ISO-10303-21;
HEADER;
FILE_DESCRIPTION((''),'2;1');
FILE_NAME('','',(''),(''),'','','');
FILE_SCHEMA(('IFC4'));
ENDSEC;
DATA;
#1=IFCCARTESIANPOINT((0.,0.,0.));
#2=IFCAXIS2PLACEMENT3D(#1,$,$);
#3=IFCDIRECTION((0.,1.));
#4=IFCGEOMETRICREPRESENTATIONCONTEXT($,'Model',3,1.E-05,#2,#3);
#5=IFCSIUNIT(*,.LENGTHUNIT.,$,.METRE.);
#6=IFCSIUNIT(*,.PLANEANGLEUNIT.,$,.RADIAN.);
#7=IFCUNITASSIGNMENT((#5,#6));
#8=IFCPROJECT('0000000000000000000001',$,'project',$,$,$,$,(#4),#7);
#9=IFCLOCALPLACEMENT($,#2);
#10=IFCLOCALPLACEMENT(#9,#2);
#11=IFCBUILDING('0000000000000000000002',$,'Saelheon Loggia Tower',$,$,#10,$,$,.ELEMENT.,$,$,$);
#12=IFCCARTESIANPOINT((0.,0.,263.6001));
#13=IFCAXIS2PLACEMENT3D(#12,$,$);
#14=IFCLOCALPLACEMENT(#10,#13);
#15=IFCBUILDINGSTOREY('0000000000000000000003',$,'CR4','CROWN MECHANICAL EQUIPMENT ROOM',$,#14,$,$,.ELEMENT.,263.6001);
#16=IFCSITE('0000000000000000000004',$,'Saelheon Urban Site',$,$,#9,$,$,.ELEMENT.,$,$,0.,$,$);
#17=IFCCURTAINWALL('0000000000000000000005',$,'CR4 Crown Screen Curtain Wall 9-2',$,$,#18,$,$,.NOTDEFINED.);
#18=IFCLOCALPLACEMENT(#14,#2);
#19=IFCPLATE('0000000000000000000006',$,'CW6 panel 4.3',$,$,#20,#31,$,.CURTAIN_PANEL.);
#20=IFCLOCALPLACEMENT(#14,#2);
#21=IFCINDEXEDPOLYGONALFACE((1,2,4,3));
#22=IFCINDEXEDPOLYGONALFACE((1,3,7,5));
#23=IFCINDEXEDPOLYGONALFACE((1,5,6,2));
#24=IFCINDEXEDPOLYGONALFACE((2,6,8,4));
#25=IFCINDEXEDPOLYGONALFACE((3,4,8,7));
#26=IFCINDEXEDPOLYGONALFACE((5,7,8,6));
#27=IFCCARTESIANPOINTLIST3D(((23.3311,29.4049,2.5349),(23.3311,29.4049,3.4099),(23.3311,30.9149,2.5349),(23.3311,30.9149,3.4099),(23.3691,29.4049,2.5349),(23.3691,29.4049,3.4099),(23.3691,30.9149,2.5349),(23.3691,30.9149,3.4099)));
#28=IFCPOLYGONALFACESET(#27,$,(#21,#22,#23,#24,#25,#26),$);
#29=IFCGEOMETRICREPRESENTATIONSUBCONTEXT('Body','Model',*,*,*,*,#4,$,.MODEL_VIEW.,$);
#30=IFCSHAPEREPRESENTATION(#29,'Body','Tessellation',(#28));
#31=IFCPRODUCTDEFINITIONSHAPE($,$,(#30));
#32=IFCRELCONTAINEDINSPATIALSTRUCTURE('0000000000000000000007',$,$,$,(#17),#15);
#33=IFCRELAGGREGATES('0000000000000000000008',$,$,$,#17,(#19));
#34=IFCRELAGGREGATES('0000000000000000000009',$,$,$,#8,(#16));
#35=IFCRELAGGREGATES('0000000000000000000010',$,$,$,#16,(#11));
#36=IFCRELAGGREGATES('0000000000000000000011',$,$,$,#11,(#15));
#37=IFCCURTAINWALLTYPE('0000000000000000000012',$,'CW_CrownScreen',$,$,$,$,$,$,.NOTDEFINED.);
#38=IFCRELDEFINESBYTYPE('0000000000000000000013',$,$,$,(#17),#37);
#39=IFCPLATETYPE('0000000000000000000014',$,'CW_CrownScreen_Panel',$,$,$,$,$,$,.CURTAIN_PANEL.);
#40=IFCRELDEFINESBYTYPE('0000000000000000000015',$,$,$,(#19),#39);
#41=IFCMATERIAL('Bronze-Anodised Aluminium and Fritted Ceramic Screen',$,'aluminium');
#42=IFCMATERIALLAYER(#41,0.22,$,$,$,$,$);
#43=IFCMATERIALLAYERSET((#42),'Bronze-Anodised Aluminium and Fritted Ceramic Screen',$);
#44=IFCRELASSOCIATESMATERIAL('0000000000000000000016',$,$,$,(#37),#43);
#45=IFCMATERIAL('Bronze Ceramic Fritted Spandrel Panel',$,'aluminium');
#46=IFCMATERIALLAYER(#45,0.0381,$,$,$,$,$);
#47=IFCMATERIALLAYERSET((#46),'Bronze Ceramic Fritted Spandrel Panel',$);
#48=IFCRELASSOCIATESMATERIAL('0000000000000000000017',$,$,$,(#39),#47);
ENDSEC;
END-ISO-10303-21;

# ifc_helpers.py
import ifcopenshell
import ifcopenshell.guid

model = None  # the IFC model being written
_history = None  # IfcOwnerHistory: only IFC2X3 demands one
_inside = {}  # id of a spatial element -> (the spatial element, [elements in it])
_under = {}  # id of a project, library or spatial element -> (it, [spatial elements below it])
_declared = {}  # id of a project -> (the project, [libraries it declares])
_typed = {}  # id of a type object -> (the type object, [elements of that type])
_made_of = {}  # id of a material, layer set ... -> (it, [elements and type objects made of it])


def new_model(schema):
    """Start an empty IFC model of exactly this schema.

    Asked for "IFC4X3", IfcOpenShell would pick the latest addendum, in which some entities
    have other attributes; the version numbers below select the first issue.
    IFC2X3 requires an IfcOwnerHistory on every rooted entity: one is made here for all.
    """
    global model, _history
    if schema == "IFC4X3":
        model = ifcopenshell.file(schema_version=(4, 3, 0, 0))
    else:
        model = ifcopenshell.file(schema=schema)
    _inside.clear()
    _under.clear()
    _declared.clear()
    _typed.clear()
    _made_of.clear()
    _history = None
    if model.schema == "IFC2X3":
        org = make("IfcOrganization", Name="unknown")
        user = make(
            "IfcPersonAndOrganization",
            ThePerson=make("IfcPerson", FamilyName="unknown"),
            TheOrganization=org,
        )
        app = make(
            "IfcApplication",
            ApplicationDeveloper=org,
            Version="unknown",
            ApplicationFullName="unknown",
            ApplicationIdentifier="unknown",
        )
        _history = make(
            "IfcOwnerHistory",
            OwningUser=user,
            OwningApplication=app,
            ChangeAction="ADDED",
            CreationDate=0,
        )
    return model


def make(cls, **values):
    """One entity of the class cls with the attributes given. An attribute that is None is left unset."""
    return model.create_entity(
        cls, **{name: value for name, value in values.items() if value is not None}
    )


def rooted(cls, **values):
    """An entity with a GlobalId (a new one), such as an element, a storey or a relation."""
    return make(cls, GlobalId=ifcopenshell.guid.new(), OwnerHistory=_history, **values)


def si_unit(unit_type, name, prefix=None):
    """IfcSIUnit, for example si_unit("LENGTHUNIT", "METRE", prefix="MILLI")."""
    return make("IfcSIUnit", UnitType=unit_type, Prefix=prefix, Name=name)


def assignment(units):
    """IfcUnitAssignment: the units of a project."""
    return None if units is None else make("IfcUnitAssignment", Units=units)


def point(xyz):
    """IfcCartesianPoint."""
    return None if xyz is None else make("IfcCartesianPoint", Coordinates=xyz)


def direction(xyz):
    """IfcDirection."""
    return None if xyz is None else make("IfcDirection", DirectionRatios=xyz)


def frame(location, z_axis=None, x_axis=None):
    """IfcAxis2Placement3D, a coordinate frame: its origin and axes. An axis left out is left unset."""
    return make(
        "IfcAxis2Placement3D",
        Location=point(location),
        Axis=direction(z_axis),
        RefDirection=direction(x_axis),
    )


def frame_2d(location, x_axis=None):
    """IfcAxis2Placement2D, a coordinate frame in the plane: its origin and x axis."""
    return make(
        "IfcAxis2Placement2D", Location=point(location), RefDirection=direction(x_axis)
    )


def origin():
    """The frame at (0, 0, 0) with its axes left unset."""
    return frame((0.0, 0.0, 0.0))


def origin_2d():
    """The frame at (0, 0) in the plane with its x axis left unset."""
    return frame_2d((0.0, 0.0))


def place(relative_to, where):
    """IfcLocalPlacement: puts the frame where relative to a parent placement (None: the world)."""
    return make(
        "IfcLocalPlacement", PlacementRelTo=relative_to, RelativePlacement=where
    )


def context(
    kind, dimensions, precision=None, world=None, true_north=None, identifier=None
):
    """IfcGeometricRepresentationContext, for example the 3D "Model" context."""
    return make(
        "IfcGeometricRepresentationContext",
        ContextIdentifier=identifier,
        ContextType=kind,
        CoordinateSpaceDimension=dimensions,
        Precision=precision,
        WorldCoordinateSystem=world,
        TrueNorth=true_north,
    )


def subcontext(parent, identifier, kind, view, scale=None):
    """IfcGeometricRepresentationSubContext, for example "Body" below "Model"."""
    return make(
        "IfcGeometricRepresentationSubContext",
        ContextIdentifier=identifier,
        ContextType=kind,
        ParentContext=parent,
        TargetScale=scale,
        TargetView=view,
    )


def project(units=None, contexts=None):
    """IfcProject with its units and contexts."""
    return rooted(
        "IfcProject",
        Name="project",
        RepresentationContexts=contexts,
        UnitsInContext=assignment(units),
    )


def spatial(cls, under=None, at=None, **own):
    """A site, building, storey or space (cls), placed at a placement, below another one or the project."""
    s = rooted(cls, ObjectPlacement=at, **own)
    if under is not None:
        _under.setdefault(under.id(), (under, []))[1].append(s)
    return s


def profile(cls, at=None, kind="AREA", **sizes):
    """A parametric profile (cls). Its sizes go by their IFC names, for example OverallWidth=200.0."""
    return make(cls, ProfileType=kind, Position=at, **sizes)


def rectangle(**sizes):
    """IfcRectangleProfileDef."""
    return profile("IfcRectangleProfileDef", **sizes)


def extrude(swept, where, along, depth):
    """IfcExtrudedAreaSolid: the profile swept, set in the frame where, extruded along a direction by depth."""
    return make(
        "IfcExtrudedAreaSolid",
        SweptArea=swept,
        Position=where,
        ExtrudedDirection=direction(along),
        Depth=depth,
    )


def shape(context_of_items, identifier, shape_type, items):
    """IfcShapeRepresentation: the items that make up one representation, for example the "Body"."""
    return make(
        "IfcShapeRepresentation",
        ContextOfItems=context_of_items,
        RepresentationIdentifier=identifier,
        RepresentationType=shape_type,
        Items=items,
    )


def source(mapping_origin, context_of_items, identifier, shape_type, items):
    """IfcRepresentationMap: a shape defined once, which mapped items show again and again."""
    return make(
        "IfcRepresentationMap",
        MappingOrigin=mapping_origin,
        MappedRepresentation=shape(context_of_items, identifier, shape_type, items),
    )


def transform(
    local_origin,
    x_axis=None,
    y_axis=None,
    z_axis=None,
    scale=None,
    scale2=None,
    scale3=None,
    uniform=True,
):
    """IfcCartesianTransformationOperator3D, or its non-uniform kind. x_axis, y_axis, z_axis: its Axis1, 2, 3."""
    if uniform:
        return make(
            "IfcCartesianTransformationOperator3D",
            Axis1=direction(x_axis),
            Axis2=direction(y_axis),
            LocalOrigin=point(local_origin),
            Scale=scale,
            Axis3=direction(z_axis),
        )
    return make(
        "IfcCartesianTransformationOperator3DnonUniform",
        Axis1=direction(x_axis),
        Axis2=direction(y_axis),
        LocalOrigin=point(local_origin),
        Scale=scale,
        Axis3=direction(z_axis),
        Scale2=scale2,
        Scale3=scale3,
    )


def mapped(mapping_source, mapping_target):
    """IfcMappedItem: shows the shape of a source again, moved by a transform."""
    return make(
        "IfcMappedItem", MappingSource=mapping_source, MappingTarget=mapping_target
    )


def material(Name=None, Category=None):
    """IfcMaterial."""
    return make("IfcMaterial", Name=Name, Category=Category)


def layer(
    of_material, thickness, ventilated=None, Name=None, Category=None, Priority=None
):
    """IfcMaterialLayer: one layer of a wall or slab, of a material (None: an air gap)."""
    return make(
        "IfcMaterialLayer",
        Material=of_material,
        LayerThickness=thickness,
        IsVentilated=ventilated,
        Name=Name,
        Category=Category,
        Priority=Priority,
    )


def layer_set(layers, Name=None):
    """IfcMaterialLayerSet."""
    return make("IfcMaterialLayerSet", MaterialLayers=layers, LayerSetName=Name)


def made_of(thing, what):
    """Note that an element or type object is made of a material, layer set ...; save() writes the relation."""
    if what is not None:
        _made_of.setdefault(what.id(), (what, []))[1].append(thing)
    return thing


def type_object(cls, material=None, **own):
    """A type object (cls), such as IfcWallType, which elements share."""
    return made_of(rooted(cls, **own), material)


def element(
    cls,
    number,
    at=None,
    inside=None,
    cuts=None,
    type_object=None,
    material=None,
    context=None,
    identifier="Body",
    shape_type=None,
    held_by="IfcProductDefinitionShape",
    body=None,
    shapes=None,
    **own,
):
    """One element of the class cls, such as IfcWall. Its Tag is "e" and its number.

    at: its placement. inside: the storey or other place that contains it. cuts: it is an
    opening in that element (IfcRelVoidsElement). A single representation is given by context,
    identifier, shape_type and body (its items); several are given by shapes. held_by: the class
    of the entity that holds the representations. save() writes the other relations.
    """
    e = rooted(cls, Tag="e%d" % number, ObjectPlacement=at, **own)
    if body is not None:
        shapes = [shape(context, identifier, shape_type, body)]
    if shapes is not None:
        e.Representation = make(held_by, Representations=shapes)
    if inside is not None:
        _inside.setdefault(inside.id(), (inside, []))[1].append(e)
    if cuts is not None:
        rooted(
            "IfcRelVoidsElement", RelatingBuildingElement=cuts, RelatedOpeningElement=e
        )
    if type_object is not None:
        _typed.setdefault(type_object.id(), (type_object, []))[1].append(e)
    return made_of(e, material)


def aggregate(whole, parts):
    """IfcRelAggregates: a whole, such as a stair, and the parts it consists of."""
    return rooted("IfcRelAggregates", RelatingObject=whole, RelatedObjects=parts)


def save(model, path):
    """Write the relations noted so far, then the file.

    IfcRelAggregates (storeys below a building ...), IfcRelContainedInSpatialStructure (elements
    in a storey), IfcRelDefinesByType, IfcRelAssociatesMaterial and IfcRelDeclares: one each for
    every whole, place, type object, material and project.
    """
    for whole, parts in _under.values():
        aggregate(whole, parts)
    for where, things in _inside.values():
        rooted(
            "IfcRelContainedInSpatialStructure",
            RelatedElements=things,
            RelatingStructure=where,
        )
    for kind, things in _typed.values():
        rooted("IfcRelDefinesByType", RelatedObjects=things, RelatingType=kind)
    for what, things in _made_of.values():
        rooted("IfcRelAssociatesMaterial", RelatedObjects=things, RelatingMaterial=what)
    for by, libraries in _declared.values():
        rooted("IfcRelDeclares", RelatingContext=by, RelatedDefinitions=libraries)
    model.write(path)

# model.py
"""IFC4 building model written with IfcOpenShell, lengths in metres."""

from ifc_helpers import new_model, si_unit, direction, frame, origin, origin_2d, place, context, subcontext, project, spatial, rectangle, extrude, source, transform, mapped, material, layer, layer_set, type_object, element, aggregate, save


model = new_model("IFC4")

# Units and contexts
model_context = context("Model", 3, precision=1e-05, world=origin(), true_north=direction((0.0, 1.0)))
body_context = subcontext(model_context, "Body", "Model", "MODEL_VIEW")
ifc_project = project(units=[si_unit("LENGTHUNIT", "METRE"), si_unit("PLANEANGLEUNIT", "RADIAN")], contexts=[model_context])

# Site, building, storey
site_placement = place(None, origin())
site = spatial("IfcSite", under=ifc_project, at=site_placement, Name="Saelheon Urban Site", CompositionType="ELEMENT", RefElevation=0.0)
building_placement = place(site_placement, origin())
building = spatial("IfcBuilding", under=site, at=building_placement, Name="Saelheon Loggia Tower", CompositionType="ELEMENT")
storey_placement = place(building_placement, frame((0.0, 0.0, 263.6001)))
storey = spatial("IfcBuildingStorey", under=building, at=storey_placement, Name="CR4", Description="CROWN MECHANICAL EQUIPMENT ROOM", CompositionType="ELEMENT", Elevation=263.6001)

# Curtain wall, plate
ifc_material_1 = material(Name="Bronze-Anodised Aluminium and Fritted Ceramic Screen", Category="aluminium")
ifc_layer_1 = layer(ifc_material_1, 0.22)
ifc_layer_set_1 = layer_set([ifc_layer_1], Name="Bronze-Anodised Aluminium and Fritted Ceramic Screen")
curtain_wall_type = type_object("IfcCurtainWallType", Name="CW_CrownScreen", PredefinedType="NOTDEFINED", material=ifc_layer_set_1)
curtain_wall_placement = place(storey_placement, origin())
curtain_wall = element("IfcCurtainWall", 1, at=curtain_wall_placement, inside=storey, type_object=curtain_wall_type, Name="CR4 Crown Screen Curtain Wall 9-2", PredefinedType="NOTDEFINED")
ifc_material_2 = material(Name="Bronze Ceramic Fritted Spandrel Panel", Category="aluminium")
ifc_layer_2 = layer(ifc_material_2, 0.0381)
ifc_layer_set_2 = layer_set([ifc_layer_2], Name="Bronze Ceramic Fritted Spandrel Panel")
plate_type = type_object("IfcPlateType", Name="CW_CrownScreen_Panel", PredefinedType="CURTAIN_PANEL", material=ifc_layer_set_2)
shared_shape_1 = source(origin(), body_context, "Body", "SweptSolid", [
    extrude(rectangle(XDim=1.51, YDim=0.0381, at=origin_2d()), origin(), (0.0, 0.0, 1.0), 0.875),
])
plate_1_placement = place(storey_placement, frame((23.3501, 30.1599, 2.5349), z_axis=(0.0, 0.0, 1.0), x_axis=(0.0, -1.0, 0.0)))
plate_1 = element("IfcPlate", 2, at=plate_1_placement, type_object=plate_type, Name="CW6 panel 4.3", PredefinedType="CURTAIN_PANEL", context=body_context, shape_type="MappedRepresentation", body=[
    mapped(shared_shape_1, transform((0.0, 0.0, 0.0), scale=1.0)),
])
aggregate(curtain_wall, [plate_1])

save(model, "model.ifc")
